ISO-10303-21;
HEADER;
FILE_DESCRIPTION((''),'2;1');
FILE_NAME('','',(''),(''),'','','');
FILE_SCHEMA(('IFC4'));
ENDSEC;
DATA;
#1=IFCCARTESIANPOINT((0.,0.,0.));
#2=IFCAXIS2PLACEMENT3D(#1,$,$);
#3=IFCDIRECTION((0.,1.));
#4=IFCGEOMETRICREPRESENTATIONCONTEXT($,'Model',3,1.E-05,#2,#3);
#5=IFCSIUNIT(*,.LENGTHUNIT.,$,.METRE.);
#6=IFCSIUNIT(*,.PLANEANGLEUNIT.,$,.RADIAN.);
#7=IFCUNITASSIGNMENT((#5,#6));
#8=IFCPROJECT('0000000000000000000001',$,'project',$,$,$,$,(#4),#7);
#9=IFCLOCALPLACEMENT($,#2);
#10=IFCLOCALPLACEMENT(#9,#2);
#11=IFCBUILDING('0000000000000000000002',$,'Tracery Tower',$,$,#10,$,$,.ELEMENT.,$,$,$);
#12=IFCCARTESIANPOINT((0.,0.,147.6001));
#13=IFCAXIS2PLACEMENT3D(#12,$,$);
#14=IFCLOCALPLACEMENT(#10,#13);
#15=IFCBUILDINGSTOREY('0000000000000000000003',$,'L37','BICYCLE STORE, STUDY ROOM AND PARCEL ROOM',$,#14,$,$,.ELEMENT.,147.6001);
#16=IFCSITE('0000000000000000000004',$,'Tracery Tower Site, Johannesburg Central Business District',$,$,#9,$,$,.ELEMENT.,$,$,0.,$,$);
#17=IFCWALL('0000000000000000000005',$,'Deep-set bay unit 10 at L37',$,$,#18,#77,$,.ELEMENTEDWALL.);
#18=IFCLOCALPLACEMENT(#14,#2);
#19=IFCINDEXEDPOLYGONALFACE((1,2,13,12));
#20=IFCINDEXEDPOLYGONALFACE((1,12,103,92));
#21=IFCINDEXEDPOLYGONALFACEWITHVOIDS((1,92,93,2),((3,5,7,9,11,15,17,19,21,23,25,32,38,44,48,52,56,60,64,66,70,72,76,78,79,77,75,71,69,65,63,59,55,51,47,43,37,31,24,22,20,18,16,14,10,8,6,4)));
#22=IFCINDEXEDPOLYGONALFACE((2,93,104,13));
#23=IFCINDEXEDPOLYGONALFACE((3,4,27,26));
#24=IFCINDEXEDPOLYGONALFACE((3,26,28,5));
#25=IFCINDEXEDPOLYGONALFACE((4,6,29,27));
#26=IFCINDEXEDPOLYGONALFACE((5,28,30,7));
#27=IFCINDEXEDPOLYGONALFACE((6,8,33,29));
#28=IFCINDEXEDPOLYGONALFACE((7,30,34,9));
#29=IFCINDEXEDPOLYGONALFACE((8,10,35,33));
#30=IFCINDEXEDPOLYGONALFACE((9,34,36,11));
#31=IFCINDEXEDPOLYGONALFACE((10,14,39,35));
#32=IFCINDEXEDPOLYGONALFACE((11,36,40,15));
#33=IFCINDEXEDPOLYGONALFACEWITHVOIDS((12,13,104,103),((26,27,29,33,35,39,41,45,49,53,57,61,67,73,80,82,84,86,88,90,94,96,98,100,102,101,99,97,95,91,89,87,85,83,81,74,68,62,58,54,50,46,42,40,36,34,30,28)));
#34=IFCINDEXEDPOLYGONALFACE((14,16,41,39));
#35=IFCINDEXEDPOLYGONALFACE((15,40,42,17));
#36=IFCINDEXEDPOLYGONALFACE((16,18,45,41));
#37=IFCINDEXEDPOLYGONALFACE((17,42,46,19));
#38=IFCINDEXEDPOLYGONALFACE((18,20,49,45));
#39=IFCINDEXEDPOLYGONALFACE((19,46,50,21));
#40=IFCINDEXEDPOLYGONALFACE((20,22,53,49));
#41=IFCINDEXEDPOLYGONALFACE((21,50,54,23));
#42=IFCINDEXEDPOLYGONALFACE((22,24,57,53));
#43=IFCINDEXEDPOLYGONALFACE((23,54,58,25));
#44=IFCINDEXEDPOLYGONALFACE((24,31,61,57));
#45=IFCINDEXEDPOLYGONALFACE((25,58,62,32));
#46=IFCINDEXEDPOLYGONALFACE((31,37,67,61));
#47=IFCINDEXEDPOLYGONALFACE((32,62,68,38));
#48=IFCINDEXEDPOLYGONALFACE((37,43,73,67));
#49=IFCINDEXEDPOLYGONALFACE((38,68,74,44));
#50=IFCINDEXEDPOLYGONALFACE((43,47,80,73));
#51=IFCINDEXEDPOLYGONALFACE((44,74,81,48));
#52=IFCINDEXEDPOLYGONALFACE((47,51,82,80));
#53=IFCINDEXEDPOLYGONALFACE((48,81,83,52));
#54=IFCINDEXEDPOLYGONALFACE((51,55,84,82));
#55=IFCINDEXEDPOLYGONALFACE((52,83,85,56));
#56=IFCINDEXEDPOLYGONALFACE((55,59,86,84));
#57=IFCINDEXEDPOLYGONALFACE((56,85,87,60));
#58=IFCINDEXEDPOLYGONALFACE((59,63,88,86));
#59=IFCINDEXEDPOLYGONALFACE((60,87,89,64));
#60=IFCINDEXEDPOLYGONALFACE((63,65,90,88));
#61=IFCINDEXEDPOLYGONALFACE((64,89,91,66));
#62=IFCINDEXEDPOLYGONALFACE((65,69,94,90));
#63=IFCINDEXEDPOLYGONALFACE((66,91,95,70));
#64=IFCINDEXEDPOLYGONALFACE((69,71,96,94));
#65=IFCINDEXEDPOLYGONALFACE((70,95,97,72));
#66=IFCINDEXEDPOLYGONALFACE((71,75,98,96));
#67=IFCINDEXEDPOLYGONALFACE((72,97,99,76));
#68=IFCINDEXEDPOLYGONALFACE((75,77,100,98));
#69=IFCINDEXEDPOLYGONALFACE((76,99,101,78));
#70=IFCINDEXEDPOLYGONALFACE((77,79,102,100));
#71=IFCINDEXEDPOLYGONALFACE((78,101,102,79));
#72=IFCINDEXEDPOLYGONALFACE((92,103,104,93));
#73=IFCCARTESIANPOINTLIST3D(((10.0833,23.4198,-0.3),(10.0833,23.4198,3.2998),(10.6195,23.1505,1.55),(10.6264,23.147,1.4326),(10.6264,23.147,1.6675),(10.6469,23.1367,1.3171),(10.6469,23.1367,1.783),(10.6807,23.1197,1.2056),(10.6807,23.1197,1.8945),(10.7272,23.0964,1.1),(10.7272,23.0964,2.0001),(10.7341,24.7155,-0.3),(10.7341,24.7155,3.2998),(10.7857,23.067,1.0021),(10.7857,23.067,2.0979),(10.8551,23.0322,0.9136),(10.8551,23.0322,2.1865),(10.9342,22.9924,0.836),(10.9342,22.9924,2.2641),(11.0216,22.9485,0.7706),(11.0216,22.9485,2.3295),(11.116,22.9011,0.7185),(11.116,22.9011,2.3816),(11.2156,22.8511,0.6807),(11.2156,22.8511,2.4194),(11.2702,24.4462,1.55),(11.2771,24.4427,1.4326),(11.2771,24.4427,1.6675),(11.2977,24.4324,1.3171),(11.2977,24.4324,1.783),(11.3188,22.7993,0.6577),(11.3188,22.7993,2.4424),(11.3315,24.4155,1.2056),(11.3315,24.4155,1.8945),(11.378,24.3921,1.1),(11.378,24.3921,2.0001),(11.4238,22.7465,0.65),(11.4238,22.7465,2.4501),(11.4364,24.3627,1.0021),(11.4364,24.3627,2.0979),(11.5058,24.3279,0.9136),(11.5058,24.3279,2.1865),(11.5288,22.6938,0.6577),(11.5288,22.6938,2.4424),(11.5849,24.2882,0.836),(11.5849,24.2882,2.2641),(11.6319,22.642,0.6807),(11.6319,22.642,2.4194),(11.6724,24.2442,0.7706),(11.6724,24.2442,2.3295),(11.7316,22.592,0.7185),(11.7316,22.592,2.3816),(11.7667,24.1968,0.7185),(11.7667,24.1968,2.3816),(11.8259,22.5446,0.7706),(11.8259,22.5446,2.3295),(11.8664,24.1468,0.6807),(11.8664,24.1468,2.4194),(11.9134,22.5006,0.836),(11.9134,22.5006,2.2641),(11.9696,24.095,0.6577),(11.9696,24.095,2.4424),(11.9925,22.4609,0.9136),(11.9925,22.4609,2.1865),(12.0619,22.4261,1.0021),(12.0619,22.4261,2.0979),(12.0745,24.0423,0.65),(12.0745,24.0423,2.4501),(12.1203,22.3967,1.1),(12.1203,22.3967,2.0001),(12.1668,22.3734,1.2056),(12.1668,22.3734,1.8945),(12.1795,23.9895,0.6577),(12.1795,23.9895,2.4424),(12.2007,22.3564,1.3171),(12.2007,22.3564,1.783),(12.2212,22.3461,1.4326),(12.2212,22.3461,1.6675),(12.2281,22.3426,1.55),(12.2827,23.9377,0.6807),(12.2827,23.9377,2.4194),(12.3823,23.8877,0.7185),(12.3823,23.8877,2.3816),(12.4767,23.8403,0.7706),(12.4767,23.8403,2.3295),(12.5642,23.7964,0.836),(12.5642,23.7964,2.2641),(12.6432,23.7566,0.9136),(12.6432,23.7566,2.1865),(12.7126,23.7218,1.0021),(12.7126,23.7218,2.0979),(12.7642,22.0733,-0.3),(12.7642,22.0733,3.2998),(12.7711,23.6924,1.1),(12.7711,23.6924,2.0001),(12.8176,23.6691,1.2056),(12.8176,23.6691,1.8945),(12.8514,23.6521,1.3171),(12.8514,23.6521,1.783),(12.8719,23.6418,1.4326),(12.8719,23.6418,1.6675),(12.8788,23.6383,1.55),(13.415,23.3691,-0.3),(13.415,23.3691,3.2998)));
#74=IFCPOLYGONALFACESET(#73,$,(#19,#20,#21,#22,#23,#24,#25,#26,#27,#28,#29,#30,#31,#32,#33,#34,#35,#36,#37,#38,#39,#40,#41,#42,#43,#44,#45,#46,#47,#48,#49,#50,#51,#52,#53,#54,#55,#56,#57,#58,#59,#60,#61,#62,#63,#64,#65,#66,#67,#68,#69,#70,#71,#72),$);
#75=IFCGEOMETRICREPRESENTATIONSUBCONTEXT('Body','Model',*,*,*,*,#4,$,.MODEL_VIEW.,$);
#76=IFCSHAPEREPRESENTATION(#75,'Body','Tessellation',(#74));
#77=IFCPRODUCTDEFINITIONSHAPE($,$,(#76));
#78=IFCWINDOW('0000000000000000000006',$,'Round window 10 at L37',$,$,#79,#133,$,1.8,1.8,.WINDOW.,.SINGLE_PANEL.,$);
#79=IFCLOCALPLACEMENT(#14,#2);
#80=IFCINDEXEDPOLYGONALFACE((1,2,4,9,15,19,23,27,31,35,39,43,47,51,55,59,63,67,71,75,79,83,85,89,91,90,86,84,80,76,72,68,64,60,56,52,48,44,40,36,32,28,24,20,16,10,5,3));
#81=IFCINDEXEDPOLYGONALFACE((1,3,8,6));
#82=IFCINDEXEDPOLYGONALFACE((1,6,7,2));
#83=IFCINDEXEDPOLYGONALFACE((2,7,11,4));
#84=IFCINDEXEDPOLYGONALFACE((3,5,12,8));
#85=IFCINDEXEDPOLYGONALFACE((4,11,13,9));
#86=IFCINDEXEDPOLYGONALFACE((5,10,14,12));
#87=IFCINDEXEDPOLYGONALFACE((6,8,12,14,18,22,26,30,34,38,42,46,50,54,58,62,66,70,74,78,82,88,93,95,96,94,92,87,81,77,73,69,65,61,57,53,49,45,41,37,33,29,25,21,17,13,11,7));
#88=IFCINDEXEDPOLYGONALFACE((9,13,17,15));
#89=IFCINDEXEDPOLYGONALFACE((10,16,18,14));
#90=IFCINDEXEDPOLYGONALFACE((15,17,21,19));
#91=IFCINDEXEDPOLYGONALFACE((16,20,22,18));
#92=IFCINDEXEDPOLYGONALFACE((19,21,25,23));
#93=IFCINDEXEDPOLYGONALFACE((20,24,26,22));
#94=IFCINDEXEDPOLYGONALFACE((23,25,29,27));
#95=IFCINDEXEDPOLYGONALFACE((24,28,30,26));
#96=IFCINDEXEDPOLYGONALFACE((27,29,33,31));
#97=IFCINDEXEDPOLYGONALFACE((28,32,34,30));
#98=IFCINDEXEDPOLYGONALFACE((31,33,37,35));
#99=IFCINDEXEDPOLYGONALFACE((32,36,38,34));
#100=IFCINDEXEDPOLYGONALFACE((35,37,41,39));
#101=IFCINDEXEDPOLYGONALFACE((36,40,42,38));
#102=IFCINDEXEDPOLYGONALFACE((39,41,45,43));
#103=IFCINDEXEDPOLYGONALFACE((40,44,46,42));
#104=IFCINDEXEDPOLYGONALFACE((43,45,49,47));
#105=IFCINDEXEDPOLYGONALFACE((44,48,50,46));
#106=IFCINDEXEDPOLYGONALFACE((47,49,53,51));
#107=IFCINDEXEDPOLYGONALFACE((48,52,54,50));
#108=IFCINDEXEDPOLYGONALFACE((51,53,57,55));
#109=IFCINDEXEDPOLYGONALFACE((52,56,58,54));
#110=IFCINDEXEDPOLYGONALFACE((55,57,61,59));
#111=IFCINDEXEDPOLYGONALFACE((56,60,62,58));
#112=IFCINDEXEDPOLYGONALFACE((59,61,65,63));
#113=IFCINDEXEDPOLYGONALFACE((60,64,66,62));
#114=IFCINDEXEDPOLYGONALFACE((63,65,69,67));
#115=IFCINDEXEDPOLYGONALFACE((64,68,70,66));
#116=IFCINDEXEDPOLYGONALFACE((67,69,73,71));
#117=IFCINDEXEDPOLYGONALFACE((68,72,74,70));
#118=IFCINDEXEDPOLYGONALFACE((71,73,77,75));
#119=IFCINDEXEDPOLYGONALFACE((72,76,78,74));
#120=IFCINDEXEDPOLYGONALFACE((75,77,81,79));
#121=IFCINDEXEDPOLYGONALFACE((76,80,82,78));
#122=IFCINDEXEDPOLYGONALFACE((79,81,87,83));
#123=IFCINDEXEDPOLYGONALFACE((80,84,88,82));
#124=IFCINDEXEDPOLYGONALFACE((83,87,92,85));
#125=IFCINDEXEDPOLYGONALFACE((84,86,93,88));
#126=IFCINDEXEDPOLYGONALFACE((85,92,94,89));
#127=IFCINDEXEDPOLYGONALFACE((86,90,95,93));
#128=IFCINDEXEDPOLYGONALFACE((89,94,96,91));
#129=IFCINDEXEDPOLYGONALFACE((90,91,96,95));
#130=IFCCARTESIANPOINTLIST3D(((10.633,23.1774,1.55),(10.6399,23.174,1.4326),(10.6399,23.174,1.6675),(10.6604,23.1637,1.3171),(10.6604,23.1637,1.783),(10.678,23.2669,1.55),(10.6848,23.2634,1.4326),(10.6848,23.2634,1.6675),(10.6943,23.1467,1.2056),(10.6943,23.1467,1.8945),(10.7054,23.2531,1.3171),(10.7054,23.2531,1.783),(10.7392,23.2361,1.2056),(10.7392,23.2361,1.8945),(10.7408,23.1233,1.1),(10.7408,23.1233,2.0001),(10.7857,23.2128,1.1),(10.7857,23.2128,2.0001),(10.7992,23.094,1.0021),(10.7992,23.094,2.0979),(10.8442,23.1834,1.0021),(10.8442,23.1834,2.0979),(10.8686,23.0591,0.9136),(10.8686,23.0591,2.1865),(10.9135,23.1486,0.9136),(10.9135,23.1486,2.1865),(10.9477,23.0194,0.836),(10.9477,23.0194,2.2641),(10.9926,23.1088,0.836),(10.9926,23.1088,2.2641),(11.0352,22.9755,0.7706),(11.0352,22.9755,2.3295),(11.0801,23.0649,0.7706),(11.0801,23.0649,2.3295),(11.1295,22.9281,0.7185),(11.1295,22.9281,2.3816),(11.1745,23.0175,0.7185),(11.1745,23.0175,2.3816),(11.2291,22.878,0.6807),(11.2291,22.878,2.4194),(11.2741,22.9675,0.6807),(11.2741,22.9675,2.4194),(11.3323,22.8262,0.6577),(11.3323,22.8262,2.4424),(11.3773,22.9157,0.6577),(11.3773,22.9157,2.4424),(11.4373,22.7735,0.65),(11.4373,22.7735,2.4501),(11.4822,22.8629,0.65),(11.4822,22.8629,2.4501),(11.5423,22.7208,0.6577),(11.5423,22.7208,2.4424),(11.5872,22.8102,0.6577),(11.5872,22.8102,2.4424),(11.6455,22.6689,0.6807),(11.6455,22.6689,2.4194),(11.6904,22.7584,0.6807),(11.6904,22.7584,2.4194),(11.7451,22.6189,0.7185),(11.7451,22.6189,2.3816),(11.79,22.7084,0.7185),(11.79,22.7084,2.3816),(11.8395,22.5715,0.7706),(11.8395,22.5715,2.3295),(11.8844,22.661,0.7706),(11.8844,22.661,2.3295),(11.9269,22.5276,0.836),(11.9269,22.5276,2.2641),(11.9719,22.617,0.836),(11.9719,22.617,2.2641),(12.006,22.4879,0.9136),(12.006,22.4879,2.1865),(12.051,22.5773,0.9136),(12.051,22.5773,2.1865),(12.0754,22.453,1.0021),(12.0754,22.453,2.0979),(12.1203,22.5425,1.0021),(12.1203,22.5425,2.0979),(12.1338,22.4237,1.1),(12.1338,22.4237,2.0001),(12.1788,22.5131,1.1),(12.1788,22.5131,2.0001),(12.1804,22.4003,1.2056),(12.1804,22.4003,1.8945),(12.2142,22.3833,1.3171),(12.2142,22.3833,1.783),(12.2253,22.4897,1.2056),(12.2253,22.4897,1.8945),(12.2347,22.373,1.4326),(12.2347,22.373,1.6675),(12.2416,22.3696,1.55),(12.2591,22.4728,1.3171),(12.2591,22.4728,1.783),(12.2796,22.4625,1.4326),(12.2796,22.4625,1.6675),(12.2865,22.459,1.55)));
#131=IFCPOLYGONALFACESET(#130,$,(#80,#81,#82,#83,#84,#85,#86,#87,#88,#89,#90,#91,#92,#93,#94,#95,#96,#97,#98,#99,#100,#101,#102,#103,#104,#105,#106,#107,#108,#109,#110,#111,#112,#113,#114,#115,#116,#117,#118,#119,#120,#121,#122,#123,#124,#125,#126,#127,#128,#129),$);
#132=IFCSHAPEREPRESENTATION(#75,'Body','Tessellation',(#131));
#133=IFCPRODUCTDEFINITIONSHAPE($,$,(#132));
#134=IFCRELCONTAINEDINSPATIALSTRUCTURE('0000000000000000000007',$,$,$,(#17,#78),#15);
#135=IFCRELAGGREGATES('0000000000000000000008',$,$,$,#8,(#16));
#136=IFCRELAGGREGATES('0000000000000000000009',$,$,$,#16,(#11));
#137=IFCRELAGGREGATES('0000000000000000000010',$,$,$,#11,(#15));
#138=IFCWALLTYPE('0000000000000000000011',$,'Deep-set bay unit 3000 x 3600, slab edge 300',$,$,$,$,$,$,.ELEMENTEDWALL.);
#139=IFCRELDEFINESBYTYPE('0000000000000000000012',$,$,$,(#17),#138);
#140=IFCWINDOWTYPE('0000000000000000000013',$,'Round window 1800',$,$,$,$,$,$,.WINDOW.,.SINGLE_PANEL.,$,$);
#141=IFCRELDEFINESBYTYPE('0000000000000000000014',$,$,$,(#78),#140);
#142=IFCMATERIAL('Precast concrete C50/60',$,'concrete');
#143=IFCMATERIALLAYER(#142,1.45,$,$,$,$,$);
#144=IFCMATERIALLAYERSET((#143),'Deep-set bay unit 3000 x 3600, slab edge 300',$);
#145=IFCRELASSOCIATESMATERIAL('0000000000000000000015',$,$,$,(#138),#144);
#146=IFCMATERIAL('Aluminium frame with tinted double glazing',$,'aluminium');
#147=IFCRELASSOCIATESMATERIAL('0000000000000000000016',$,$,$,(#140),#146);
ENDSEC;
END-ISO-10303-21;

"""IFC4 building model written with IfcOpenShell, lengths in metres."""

from ifc_helpers import new_model, si_unit, direction, frame, frame_2d, origin, origin_2d, place, context, subcontext, project, spatial, rectangle, circle, extrude, material, layer, layer_set, type_object, element, fill, save


model = new_model("IFC4")

# Units and contexts
model_context = context("Model", 3, precision=1e-05, world=origin(), true_north=direction((0.0, 1.0)))
body_context = subcontext(model_context, "Body", "Model", "MODEL_VIEW")
ifc_project = project(units=[si_unit("LENGTHUNIT", "METRE"), si_unit("PLANEANGLEUNIT", "RADIAN")], contexts=[model_context])

# Site, building, storey
site_placement = place(None, origin())
site = spatial("IfcSite", under=ifc_project, at=site_placement, Name="Tracery Tower Site, Johannesburg Central Business District", CompositionType="ELEMENT", RefElevation=0.0)
building_placement = place(site_placement, origin())
building = spatial("IfcBuilding", under=site, at=building_placement, Name="Tracery Tower", CompositionType="ELEMENT")
storey_placement = place(building_placement, frame((0.0, 0.0, 147.6001)))
storey = spatial("IfcBuildingStorey", under=building, at=storey_placement, Name="L37", Description="BICYCLE STORE, STUDY ROOM AND PARCEL ROOM", CompositionType="ELEMENT", Elevation=147.6001)

# Wall, opening, window
ifc_material_1 = material(Name="Precast concrete C50/60", Category="concrete")
ifc_layer_1 = layer(ifc_material_1, 1.45)
ifc_layer_set_1 = layer_set([ifc_layer_1], Name="Deep-set bay unit 3000 x 3600, slab edge 300")
wall_type_1 = type_object("IfcWallType", Name="Deep-set bay unit 3000 x 3600, slab edge 300", PredefinedType="ELEMENTEDWALL", material=ifc_layer_set_1)
ifc_material_2 = material(Name="Aluminium frame with tinted double glazing", Category="aluminium")
window_type = type_object("IfcWindowType", Name="Round window 1800", PartitioningType="SINGLE_PANEL", PredefinedType="WINDOW", material=ifc_material_2)
wall_1_placement = place(storey_placement, frame((13.0896, 22.7212, -0.3), z_axis=(0.0, 0.0, 1.0), x_axis=(-0.893628, 0.448808, 0.0)))
wall_1 = element("IfcWall", 1, at=wall_1_placement, inside=storey, type_object=wall_type_1, Name="Deep-set bay unit 10 at L37", PredefinedType="ELEMENTEDWALL", context=body_context, shape_type="SweptSolid", body=[
    extrude(rectangle(XDim=3.0, YDim=1.45, at=frame_2d((1.5, 0.0))), origin(), (0.0, 0.0, 1.0), 3.5999),
])
opening_1_placement = place(wall_1_placement, frame((1.5, 0.0, 1.8501)))
opening_1 = element("IfcOpeningElement", 2, at=opening_1_placement, cuts=wall_1, PredefinedType="OPENING", context=body_context, shape_type="SweptSolid", body=[
    extrude(circle(Radius=0.9, at=origin_2d()), frame((0.0, 0.7349, 0.0), z_axis=(0.0, -1.0, 0.0), x_axis=(1.0, 0.0, 0.0)), (0.0, 0.0, 1.0), 1.47),
])
window_1_placement = place(opening_1_placement, origin())
window_1 = element("IfcWindow", 3, at=window_1_placement, inside=storey, type_object=window_type, Name="Round window 10 at L37", OverallHeight=1.8, OverallWidth=1.8, PartitioningType="SINGLE_PANEL", PredefinedType="WINDOW", context=body_context, shape_type="SweptSolid", body=[
    extrude(circle(Radius=0.9, at=origin_2d()), frame((0.0, 0.6948, 0.0), z_axis=(0.0, -1.0, 0.0), x_axis=(1.0, 0.0, 0.0)), (0.0, 0.0, 1.0), 0.1001),
])
fill(opening_1, window_1)

save(model, "model.ifc")
